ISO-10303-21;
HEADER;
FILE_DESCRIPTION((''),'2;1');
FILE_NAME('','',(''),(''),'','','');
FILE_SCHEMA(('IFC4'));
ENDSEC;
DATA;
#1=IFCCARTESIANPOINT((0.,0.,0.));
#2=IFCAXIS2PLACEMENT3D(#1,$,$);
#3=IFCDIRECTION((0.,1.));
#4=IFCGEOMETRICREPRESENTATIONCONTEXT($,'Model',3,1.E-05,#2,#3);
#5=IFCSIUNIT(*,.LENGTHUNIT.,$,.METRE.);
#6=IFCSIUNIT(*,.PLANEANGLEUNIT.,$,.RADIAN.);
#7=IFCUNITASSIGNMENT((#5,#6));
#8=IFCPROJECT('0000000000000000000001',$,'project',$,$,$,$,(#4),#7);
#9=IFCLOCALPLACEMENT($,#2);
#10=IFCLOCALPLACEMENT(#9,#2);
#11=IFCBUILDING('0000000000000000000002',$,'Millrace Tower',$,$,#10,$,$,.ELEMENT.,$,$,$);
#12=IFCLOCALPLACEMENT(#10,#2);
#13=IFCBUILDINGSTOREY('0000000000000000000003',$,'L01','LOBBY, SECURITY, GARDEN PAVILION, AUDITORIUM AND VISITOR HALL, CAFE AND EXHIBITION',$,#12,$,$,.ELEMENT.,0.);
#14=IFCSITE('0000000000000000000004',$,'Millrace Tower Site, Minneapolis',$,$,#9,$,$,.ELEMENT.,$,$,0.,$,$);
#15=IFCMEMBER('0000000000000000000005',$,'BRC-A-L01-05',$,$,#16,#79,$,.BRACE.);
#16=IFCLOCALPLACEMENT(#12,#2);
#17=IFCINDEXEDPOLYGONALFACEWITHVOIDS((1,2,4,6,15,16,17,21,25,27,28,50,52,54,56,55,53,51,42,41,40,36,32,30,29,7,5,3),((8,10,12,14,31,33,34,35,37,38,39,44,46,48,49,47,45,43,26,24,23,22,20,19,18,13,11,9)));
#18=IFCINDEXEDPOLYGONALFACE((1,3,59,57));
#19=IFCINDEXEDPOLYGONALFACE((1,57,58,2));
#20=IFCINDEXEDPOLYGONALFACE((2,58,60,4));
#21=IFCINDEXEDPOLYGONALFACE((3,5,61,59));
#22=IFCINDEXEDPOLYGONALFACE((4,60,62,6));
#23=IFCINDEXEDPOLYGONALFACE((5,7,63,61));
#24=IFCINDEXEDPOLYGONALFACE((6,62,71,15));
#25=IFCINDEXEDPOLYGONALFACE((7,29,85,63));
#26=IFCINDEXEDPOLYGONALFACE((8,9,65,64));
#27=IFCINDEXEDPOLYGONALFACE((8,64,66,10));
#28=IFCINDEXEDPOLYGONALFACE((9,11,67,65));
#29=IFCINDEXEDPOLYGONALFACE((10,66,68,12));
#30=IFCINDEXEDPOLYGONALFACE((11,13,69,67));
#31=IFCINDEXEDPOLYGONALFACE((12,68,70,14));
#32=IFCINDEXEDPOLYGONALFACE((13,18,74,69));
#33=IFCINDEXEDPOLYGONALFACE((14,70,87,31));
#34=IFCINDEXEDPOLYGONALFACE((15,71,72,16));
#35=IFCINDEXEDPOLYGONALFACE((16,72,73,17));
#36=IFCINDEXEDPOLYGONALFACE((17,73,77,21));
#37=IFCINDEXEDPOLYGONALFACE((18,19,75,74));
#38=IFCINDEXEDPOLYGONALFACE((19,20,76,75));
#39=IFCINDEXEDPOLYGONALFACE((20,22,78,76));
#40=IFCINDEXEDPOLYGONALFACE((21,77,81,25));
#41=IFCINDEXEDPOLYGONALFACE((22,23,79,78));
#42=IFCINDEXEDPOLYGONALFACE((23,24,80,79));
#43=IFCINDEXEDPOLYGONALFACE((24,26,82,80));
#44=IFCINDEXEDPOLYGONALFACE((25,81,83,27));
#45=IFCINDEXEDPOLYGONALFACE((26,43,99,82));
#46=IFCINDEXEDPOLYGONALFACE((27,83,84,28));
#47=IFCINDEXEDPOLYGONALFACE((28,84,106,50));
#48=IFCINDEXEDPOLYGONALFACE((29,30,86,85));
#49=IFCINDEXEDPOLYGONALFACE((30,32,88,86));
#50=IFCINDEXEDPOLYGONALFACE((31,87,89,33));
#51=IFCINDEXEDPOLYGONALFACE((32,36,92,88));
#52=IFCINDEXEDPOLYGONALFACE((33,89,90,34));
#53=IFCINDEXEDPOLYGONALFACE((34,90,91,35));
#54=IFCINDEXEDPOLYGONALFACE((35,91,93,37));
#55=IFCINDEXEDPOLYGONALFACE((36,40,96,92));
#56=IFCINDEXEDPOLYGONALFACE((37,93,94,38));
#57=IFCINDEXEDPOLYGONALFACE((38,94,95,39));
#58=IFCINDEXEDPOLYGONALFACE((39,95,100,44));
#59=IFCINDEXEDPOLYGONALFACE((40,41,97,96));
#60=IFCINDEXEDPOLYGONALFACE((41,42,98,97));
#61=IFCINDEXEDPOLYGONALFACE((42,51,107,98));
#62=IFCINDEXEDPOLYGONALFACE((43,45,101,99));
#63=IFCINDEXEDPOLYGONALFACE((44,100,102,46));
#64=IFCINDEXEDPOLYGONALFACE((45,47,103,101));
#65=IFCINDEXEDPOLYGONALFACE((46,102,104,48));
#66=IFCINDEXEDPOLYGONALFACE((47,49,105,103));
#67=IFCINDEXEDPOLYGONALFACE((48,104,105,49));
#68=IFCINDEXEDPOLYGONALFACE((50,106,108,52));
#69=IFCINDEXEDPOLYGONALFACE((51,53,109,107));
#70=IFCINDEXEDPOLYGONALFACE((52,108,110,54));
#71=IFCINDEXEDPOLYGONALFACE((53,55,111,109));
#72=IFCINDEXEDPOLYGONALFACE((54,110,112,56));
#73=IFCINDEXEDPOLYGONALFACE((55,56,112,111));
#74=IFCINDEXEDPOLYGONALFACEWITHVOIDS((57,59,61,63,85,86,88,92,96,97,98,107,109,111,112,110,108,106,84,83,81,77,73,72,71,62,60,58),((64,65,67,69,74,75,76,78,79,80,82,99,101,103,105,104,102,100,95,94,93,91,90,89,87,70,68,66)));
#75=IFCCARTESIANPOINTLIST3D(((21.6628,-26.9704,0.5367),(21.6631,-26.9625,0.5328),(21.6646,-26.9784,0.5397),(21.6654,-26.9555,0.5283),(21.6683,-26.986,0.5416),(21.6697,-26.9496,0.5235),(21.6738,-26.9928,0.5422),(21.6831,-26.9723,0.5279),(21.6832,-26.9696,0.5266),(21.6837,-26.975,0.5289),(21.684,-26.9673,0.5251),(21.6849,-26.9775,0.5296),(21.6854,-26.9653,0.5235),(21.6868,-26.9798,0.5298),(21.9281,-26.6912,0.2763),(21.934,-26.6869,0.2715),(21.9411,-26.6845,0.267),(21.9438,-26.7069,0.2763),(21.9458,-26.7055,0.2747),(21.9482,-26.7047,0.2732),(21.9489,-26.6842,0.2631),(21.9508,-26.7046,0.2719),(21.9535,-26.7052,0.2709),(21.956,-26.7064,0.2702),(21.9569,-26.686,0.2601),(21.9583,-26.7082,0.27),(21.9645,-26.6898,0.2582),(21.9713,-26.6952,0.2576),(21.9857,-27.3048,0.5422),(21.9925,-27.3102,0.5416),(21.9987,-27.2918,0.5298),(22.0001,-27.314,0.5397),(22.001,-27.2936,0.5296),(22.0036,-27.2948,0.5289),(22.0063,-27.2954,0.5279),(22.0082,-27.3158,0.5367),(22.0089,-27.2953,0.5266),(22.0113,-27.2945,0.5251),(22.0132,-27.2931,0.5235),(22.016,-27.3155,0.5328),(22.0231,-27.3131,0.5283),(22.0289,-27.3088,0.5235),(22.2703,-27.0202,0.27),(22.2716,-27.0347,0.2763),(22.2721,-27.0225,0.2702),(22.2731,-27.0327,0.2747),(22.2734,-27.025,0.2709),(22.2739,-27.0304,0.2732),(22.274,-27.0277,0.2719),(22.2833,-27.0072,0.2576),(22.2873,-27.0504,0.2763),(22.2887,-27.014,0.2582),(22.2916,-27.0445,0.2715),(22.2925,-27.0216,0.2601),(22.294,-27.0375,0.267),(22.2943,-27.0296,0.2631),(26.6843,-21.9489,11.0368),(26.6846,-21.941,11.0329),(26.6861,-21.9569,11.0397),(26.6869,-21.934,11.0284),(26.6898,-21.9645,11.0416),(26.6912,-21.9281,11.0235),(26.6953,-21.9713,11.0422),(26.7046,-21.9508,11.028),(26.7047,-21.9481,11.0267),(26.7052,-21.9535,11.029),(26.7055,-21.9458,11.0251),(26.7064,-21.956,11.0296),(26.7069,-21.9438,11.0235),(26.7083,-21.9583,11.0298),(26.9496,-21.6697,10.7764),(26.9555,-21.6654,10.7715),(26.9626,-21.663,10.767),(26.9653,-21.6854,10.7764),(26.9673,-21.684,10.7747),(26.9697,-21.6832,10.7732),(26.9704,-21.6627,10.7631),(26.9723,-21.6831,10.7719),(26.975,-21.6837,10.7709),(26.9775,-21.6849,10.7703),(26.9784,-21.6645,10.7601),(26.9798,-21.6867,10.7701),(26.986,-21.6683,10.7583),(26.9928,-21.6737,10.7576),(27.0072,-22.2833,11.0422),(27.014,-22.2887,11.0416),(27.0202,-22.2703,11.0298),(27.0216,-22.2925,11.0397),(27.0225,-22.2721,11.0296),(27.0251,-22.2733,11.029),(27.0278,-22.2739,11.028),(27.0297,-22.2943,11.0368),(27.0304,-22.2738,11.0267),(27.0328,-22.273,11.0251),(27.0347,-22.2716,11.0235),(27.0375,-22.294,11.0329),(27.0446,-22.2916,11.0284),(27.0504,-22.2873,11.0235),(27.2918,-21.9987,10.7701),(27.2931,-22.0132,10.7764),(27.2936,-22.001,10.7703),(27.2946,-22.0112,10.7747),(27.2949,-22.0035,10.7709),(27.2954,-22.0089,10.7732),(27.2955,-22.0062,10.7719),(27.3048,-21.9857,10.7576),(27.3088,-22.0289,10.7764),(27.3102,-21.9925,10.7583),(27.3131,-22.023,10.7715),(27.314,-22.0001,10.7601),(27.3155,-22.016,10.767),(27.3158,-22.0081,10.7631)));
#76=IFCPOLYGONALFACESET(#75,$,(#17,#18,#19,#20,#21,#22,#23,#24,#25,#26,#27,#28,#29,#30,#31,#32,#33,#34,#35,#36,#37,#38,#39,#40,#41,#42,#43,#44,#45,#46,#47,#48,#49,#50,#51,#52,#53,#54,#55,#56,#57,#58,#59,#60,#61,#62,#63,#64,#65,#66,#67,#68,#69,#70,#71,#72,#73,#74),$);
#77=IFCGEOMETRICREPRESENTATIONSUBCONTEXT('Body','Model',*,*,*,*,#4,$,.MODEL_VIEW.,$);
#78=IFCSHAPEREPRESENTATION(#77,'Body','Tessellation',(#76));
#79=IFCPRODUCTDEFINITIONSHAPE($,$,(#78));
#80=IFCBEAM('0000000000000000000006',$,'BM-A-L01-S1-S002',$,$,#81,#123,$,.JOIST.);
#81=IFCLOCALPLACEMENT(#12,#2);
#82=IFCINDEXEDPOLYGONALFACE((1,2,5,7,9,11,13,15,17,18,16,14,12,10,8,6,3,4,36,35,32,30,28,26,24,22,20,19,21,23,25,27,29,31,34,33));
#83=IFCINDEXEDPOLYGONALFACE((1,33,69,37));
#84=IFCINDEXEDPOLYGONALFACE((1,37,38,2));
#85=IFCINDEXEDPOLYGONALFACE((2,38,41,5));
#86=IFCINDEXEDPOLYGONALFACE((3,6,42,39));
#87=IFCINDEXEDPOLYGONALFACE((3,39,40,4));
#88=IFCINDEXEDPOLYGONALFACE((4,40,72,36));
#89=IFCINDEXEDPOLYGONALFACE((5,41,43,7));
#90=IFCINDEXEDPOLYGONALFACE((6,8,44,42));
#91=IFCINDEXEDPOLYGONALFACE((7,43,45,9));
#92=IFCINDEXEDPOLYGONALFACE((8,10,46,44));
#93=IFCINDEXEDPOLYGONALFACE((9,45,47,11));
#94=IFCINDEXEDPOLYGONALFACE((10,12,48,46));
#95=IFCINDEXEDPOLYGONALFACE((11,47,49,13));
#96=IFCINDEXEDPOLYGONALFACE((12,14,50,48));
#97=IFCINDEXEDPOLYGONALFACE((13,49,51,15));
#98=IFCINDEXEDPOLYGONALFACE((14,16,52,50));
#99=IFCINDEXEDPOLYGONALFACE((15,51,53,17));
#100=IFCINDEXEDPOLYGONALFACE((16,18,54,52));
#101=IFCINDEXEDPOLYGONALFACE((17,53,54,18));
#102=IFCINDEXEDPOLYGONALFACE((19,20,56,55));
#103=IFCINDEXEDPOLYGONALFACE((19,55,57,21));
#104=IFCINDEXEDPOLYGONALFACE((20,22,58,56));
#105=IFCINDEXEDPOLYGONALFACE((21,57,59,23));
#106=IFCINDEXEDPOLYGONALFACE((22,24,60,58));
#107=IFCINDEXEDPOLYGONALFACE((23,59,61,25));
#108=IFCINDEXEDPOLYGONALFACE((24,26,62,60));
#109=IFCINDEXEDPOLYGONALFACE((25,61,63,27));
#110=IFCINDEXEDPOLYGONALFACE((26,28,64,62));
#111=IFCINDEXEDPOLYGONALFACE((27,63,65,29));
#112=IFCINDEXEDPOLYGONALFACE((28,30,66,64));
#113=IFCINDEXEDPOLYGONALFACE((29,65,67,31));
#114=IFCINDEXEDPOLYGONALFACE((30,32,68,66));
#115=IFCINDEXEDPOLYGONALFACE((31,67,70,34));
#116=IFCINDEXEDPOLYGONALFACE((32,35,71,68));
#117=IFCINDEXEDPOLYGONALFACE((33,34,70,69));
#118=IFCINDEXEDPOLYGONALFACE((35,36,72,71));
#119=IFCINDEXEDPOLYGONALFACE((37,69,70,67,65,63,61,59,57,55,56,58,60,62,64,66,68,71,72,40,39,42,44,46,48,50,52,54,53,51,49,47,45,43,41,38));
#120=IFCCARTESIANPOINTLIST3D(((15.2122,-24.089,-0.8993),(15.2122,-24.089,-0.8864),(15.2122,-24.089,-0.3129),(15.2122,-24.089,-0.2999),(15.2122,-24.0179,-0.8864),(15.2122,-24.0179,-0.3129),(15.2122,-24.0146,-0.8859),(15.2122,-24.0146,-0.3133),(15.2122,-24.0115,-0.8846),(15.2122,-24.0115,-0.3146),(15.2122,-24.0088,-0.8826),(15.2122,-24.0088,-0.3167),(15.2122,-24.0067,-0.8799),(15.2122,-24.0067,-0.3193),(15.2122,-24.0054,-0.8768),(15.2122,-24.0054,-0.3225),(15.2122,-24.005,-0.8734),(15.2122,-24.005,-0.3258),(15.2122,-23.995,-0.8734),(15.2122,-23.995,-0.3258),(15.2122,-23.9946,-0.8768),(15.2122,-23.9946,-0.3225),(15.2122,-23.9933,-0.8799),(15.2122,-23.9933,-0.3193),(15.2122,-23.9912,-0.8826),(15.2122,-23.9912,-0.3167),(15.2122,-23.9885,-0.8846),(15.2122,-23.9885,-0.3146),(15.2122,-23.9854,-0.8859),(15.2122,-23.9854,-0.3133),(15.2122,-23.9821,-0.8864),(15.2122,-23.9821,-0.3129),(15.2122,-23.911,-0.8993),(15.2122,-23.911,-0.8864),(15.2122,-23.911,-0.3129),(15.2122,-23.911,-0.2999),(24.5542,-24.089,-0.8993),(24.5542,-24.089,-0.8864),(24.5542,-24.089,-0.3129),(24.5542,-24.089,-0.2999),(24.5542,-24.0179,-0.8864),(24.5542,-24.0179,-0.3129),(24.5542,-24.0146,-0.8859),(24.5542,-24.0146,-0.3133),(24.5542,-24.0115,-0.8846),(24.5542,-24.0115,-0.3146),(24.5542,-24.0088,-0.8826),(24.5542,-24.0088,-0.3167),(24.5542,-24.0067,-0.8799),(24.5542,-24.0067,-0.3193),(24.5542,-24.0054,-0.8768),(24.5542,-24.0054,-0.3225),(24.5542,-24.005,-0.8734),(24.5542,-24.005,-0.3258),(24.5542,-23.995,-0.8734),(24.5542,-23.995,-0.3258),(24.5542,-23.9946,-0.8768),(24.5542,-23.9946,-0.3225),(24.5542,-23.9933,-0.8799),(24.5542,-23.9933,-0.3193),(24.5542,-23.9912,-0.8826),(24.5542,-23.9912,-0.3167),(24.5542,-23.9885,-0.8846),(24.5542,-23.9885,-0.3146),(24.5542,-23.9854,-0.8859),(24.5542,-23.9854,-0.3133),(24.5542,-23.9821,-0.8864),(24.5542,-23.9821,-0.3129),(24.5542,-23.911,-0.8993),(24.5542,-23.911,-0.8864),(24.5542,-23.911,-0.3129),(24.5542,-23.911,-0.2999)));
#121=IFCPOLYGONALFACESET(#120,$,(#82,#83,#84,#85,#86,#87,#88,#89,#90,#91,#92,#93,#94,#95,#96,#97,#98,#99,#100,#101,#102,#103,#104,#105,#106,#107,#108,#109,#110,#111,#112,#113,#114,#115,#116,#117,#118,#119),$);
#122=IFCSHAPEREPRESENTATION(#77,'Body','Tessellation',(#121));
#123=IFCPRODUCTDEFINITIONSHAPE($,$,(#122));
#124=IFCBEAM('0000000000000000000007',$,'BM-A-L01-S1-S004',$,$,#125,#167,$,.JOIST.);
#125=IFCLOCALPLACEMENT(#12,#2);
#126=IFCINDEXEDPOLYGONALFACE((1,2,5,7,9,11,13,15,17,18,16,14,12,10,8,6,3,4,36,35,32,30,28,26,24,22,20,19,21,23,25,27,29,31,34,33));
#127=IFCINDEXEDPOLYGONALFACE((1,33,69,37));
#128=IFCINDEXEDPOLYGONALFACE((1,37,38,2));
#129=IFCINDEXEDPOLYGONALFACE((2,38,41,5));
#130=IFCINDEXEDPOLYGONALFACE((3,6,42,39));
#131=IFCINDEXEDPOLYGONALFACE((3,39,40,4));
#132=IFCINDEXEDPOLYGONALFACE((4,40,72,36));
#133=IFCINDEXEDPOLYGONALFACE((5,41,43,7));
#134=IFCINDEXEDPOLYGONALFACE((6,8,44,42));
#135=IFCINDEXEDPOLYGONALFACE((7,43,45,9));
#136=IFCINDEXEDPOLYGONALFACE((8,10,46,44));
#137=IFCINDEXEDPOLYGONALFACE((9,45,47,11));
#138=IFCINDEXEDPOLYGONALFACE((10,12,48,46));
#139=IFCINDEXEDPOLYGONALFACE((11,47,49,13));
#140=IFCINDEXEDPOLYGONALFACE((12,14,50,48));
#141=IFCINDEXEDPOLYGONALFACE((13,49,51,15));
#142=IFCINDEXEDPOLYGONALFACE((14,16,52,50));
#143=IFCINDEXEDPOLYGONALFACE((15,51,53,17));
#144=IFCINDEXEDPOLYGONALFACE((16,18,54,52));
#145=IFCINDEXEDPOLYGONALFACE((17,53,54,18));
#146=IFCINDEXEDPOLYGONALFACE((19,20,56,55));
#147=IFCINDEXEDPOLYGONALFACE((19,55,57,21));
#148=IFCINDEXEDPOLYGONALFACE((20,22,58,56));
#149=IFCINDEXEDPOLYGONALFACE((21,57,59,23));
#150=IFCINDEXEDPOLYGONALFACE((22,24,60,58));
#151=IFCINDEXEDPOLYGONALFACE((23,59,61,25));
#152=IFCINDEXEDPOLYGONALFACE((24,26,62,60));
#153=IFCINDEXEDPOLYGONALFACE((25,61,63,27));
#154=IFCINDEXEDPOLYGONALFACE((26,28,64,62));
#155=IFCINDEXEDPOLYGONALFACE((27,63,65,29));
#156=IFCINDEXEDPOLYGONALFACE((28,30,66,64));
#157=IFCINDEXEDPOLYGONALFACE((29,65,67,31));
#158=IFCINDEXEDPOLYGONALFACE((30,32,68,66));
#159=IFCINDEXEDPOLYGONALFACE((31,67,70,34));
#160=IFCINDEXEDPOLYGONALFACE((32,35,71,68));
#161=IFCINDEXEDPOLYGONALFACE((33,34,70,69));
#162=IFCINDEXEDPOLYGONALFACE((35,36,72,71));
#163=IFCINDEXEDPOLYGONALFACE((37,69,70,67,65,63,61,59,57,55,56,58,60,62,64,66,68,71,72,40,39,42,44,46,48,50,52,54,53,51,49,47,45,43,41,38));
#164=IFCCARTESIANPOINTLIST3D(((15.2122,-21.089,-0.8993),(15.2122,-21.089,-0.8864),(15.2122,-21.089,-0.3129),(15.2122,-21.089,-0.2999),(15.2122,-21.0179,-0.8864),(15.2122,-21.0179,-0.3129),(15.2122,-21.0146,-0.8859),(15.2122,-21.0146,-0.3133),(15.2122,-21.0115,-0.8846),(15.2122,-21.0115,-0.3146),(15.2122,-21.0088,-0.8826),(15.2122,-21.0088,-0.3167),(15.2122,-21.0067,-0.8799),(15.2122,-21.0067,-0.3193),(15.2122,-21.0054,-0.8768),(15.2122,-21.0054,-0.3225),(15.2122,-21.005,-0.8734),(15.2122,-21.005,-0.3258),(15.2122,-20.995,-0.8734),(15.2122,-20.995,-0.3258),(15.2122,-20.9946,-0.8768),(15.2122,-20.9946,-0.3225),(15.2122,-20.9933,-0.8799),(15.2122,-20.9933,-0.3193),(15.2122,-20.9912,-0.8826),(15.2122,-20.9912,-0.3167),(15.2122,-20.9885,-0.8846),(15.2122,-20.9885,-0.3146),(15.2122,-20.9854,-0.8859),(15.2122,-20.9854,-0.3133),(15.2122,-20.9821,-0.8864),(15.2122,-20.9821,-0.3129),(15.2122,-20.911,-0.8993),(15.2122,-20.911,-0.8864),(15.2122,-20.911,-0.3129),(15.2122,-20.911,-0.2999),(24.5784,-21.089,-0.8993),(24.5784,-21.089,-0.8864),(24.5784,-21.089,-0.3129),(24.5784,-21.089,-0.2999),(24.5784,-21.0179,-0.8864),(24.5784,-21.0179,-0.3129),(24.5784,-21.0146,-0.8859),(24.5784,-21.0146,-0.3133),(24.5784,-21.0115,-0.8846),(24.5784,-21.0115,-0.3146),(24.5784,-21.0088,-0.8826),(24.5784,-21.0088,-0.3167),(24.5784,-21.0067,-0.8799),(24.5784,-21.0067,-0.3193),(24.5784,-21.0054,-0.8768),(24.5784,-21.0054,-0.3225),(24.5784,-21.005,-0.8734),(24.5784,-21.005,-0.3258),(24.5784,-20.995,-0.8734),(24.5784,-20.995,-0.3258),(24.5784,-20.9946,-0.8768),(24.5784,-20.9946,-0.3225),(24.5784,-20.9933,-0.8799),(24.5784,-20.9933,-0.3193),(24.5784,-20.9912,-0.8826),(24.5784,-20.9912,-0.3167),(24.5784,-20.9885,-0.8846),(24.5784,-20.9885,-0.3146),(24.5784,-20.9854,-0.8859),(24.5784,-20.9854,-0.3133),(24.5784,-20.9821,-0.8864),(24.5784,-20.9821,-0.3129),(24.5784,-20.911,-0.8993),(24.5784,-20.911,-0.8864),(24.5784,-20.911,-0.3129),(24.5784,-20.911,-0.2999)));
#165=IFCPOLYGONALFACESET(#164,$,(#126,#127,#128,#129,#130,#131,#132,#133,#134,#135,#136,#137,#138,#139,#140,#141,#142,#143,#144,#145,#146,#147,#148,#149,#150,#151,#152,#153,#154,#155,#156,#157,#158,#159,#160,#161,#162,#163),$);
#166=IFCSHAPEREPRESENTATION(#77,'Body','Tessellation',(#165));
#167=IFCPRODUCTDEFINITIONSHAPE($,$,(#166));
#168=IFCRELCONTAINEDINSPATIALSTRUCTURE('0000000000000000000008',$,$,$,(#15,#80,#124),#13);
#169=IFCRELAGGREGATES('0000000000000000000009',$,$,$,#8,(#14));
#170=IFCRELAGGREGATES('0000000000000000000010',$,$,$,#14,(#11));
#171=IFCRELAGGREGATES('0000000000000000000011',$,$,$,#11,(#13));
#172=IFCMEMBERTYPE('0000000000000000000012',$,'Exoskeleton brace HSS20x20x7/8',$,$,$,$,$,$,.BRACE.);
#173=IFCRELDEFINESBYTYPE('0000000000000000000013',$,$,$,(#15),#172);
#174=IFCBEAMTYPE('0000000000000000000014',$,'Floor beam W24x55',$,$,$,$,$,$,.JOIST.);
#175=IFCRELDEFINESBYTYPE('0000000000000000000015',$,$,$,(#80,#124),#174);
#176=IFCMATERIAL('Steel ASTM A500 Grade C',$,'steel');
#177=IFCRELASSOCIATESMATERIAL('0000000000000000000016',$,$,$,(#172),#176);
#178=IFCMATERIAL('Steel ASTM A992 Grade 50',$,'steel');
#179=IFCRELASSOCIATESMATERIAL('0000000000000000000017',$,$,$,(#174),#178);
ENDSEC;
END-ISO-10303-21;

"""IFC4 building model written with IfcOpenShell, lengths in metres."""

from ifc_helpers import new_model, si_unit, direction, frame, origin, origin_2d, place, context, subcontext, project, spatial, hollow_rectangle, i_section, extrude, material, material_profile, profile_set, type_object, element, save


model = new_model("IFC4")

# Units and contexts
model_context = context("Model", 3, precision=1e-05, world=origin(), true_north=direction((0.0, 1.0)))
body_context = subcontext(model_context, "Body", "Model", "MODEL_VIEW")
ifc_project = project(units=[si_unit("LENGTHUNIT", "METRE"), si_unit("PLANEANGLEUNIT", "RADIAN")], contexts=[model_context])

# Site, building, storey
site_placement = place(None, origin())
site = spatial("IfcSite", under=ifc_project, at=site_placement, Name="Millrace Tower Site, Minneapolis", CompositionType="ELEMENT", RefElevation=0.0)
building_placement = place(site_placement, origin())
building = spatial("IfcBuilding", under=site, at=building_placement, Name="Millrace Tower", CompositionType="ELEMENT")
storey_placement = place(building_placement, origin())
storey = spatial("IfcBuildingStorey", under=building, at=storey_placement, Name="L01", Description="LOBBY, SECURITY, GARDEN PAVILION, AUDITORIUM AND VISITOR HALL, CAFE AND EXHIBITION", CompositionType="ELEMENT", Elevation=0.0)

# Member
ifc_material_1 = material(Name="Steel ASTM A500 Grade C", Category="steel")
ifc_material_profile_1 = material_profile(ifc_material_1, hollow_rectangle(XDim=0.5081, YDim=0.5081, WallThickness=0.0222, InnerFilletRadius=0.0112, OuterFilletRadius=0.0334, at=origin_2d()))
ifc_profile_set_1 = profile_set([ifc_material_profile_1], Name="Steel ASTM A500 Grade C")
member_type_1 = type_object("IfcMemberType", Name="Exoskeleton brace HSS20x20x7/8", PredefinedType="BRACE", material=ifc_profile_set_1)
member_1_placement = place(storey_placement, frame((21.9785, -27.0, 0.3999), z_axis=(0.396142, 0.396142, 0.828338), x_axis=(-0.707107, 0.707107, 0.0)))
element("IfcMember", 1, at=member_1_placement, inside=storey, type_object=member_type_1, Name="BRC-A-L01-05", PredefinedType="BRACE", context=body_context, shape_type="SweptSolid", body=[
    extrude(hollow_rectangle(XDim=0.5081, YDim=0.5081, WallThickness=0.0222, InnerFilletRadius=0.0112, OuterFilletRadius=0.0334, at=origin_2d()), origin(), (0.0, 0.0, 1.0), 12.676),
])

# Beams
ifc_material_2 = material(Name="Steel ASTM A992 Grade 50", Category="steel")
ifc_material_profile_2 = material_profile(ifc_material_2, i_section(OverallWidth=0.178, OverallDepth=0.5994, WebThickness=0.01, FlangeThickness=0.0129, FilletRadius=0.0129, at=origin_2d()))
ifc_profile_set_2 = profile_set([ifc_material_profile_2], Name="Steel ASTM A992 Grade 50")
beam_type_1 = type_object("IfcBeamType", Name="Floor beam W24x55", PredefinedType="JOIST", material=ifc_profile_set_2)
beam_1_placement = place(storey_placement, frame((15.2122, -24.0, -0.5996), z_axis=(1.0, 0.0, 0.0), x_axis=(0.0, 1.0, 0.0)))
element("IfcBeam", 2, at=beam_1_placement, inside=storey, type_object=beam_type_1, Name="BM-A-L01-S1-S002", PredefinedType="JOIST", context=body_context, shape_type="SweptSolid", body=[
    extrude(i_section(OverallWidth=0.178, OverallDepth=0.5994, WebThickness=0.01, FlangeThickness=0.0129, FilletRadius=0.0129, at=origin_2d()), origin(), (0.0, 0.0, 1.0), 9.342),
])
for number, where, z_axis, x_axis, name in (
    (3, (15.2122, -21.0, -0.5996), (1.0, 0.0, 0.0), (0.0, 1.0, 0.0), "BM-A-L01-S1-S004"),
):
    element("IfcBeam", number, at=place(storey_placement, frame(where, z_axis=z_axis, x_axis=x_axis)), inside=storey, type_object=beam_type_1, Name=name, PredefinedType="JOIST", context=body_context, shape_type="SweptSolid", body=[
        extrude(i_section(OverallWidth=0.178, OverallDepth=0.5994, WebThickness=0.01, FlangeThickness=0.0129, FilletRadius=0.0129, at=origin_2d()), origin(), (0.0, 0.0, 1.0), 9.3662),
    ])

save(model, "model.ifc")
